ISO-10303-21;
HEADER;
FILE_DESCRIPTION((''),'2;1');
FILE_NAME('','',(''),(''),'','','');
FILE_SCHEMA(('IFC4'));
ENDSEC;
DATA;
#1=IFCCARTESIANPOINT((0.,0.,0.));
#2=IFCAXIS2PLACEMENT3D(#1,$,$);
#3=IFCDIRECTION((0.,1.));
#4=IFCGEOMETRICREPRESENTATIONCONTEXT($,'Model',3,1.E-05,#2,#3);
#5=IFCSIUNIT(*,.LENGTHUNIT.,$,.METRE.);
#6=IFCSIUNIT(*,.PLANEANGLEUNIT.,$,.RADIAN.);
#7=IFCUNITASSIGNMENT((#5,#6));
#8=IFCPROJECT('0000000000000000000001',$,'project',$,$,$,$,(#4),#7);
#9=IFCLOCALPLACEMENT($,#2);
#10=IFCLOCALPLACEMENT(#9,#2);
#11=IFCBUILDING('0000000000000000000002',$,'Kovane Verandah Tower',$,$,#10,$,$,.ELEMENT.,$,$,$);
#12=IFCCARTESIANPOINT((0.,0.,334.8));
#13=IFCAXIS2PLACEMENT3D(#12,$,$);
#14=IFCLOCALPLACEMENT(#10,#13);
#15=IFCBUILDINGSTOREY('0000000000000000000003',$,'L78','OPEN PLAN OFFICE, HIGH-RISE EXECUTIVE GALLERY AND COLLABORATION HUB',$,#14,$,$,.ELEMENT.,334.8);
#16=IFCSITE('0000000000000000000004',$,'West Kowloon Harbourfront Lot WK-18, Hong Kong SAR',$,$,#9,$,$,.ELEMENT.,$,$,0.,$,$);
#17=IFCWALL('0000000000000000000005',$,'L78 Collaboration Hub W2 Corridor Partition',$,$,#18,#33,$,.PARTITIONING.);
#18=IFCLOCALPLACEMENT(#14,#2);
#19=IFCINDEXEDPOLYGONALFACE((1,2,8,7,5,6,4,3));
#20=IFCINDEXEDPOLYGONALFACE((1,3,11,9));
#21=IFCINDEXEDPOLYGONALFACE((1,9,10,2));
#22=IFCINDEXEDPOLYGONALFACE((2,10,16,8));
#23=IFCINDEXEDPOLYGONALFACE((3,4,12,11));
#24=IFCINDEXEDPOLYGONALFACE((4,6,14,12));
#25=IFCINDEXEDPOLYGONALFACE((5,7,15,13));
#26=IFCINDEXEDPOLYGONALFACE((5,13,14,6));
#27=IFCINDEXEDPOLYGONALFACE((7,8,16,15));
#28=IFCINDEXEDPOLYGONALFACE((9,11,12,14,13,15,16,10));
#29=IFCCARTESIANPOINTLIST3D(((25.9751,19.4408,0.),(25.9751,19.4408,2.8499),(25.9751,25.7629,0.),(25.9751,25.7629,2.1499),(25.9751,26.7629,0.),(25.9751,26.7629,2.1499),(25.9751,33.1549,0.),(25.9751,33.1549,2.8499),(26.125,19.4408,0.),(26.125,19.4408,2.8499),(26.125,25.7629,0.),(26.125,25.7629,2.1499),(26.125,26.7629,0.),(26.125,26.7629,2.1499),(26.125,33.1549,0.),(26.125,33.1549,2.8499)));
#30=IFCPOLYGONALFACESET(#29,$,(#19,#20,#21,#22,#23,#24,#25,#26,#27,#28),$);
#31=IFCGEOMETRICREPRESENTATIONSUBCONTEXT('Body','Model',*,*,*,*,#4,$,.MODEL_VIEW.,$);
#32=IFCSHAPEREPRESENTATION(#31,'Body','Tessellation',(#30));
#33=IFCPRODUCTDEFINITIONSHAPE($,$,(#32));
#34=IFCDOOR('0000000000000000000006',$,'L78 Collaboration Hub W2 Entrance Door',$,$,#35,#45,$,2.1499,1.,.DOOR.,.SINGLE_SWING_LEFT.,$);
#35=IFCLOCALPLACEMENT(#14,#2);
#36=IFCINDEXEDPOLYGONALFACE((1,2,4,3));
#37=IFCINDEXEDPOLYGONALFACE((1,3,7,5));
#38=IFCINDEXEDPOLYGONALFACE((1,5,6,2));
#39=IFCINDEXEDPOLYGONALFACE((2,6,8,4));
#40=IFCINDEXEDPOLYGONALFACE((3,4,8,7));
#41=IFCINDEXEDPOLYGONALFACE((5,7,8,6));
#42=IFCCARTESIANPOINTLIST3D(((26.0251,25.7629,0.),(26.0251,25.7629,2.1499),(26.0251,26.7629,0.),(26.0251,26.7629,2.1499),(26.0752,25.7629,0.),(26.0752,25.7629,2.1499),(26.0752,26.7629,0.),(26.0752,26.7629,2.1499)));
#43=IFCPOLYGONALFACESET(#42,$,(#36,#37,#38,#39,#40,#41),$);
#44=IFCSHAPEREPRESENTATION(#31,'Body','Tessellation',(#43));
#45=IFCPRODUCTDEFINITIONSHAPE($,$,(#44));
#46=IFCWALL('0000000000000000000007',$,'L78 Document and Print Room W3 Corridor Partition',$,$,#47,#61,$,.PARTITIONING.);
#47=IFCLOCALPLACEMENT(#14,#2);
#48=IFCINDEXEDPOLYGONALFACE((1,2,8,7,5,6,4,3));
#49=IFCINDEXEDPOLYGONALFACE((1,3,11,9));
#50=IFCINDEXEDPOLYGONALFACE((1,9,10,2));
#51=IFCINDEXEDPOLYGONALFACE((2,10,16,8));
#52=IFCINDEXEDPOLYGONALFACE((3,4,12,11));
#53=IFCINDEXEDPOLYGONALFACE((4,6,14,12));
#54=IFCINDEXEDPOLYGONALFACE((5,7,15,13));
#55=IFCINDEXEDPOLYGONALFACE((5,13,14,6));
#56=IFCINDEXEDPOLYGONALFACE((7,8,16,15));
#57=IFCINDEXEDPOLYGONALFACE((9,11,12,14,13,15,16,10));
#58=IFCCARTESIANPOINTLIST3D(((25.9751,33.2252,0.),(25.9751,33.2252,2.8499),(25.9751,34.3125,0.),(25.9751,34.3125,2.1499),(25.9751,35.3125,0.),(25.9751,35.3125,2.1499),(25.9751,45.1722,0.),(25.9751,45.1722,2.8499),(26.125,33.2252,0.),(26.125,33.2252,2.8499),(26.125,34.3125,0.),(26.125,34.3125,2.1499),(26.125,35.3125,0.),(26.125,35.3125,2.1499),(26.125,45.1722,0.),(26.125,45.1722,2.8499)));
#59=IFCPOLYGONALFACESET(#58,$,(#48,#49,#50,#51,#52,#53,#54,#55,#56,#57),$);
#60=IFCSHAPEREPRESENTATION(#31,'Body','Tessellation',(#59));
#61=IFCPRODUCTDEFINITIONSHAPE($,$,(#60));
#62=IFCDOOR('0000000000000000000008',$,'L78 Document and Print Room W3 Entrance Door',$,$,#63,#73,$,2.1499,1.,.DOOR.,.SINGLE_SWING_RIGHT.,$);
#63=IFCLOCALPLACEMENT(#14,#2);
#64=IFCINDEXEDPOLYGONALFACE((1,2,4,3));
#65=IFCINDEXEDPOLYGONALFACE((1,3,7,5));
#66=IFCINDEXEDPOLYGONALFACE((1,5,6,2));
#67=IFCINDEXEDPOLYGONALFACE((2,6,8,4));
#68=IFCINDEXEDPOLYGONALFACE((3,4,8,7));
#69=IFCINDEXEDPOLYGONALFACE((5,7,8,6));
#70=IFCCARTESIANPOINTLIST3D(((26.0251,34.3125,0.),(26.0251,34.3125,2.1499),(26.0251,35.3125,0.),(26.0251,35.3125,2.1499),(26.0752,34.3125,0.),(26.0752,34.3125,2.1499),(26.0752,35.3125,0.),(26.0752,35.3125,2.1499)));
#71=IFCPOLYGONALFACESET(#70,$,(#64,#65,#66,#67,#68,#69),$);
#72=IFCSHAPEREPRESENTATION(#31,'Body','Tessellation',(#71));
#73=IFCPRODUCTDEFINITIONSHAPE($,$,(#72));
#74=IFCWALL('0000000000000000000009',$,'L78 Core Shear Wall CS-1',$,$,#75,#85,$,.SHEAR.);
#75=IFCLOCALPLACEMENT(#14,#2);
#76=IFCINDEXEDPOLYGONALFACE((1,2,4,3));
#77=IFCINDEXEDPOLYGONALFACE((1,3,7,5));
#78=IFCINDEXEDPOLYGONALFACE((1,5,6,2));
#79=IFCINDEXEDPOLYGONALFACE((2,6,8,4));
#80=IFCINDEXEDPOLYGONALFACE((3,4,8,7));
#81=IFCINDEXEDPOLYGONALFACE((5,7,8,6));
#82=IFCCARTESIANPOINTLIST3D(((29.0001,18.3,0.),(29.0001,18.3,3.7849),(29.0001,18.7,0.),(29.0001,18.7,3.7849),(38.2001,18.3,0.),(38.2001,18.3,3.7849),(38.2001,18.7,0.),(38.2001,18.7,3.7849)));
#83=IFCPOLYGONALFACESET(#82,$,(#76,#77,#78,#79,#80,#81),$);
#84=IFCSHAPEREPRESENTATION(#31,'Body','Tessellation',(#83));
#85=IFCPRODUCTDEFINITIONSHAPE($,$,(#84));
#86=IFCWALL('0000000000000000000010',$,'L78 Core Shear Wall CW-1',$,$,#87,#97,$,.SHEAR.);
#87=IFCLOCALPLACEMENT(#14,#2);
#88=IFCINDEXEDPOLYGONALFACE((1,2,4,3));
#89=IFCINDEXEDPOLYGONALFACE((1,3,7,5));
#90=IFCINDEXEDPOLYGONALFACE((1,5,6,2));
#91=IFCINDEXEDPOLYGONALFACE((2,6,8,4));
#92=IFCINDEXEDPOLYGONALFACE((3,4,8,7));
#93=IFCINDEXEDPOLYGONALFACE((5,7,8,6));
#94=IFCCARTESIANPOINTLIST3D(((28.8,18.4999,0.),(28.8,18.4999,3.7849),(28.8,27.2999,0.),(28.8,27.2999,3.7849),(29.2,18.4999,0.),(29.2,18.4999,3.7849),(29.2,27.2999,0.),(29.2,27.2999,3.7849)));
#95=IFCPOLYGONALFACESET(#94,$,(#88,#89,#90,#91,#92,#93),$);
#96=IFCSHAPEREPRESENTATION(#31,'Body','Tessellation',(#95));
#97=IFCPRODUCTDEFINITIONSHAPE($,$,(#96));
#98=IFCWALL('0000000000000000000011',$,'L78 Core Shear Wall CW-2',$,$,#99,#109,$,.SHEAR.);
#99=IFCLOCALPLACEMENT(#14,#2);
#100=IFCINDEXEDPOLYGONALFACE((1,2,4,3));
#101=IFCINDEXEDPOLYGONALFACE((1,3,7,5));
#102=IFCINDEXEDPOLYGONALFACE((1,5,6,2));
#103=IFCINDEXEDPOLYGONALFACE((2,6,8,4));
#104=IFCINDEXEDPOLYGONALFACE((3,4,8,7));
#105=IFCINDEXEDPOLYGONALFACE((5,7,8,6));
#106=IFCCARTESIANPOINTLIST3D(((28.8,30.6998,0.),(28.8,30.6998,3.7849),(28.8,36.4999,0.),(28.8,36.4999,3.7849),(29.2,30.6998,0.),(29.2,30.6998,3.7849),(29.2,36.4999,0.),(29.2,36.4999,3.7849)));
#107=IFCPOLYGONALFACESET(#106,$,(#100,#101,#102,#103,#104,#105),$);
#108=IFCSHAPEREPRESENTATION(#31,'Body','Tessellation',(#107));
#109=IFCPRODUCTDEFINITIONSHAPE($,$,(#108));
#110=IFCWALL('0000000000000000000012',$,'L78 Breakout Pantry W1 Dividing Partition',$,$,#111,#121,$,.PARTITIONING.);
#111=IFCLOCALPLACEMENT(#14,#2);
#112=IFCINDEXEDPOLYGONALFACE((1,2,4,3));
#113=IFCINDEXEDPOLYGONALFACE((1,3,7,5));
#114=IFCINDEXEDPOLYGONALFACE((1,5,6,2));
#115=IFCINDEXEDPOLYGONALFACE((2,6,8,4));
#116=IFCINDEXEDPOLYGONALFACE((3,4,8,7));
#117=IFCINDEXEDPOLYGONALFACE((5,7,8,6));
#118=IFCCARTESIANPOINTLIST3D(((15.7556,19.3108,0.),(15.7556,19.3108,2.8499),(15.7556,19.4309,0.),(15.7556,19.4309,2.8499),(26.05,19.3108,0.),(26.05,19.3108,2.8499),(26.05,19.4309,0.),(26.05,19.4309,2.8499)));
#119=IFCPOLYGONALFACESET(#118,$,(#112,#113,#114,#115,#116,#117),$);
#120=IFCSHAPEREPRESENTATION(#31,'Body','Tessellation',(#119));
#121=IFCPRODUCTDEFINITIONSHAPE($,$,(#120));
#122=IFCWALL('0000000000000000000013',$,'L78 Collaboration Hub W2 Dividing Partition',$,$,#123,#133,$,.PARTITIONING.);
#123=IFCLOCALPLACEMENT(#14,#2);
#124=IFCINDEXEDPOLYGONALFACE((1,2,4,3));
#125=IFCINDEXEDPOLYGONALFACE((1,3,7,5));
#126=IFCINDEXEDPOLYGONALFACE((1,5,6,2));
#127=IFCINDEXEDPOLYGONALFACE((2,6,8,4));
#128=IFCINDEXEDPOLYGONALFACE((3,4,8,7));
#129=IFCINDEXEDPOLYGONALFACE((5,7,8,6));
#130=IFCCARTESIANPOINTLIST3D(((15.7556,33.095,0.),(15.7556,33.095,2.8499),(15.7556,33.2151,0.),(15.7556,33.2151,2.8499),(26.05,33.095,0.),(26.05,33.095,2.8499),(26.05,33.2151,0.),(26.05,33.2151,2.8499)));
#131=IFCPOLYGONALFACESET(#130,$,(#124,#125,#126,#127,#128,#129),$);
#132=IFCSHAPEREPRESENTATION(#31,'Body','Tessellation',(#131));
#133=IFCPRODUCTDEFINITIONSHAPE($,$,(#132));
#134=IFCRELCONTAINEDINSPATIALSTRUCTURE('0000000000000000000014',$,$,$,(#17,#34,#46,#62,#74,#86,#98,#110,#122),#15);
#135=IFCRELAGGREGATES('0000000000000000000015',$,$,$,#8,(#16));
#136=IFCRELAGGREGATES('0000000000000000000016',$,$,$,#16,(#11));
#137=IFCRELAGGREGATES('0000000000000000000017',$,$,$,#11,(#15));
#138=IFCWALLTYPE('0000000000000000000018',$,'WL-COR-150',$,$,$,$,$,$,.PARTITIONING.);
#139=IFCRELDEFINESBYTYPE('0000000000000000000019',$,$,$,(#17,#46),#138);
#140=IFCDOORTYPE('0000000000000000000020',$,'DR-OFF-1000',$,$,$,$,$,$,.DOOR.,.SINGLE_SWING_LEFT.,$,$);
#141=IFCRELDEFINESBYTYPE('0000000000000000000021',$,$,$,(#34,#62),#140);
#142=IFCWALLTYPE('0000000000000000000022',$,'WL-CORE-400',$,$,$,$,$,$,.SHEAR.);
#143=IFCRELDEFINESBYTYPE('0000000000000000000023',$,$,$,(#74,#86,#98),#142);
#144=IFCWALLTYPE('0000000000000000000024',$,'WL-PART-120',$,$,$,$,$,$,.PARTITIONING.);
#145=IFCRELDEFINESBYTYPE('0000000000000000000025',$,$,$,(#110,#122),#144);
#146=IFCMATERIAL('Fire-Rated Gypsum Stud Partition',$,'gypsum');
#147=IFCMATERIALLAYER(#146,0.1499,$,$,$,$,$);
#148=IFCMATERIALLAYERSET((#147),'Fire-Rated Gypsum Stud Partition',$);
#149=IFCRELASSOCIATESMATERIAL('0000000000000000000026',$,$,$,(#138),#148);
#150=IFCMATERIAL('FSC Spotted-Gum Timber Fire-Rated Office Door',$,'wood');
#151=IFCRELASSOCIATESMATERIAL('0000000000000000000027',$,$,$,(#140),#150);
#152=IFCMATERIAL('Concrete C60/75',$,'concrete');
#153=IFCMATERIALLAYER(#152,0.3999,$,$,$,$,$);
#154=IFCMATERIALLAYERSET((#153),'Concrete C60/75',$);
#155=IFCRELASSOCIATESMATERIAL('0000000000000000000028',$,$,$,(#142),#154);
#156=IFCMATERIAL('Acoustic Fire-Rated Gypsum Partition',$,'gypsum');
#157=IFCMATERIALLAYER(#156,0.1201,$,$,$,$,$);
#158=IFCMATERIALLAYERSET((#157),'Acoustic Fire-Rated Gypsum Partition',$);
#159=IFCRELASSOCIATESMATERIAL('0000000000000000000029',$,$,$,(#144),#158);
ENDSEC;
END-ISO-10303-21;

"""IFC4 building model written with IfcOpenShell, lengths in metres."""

from ifc_helpers import new_model, si_unit, direction, frame, frame_2d, origin, place, context, subcontext, project, spatial, rectangle, extrude, material, layer, layer_set, type_object, element, fill, save


model = new_model("IFC4")

# Units and contexts
model_context = context("Model", 3, precision=1e-05, world=origin(), true_north=direction((0.0, 1.0)))
body_context = subcontext(model_context, "Body", "Model", "MODEL_VIEW")
ifc_project = project(units=[si_unit("LENGTHUNIT", "METRE"), si_unit("PLANEANGLEUNIT", "RADIAN")], contexts=[model_context])

# Site, building, storey
site_placement = place(None, origin())
site = spatial("IfcSite", under=ifc_project, at=site_placement, Name="West Kowloon Harbourfront Lot WK-18, Hong Kong SAR", CompositionType="ELEMENT", RefElevation=0.0)
building_placement = place(site_placement, origin())
building = spatial("IfcBuilding", under=site, at=building_placement, Name="Kovane Verandah Tower", CompositionType="ELEMENT")
storey_placement = place(building_placement, frame((0.0, 0.0, 334.8)))
storey = spatial("IfcBuildingStorey", under=building, at=storey_placement, Name="L78", Description="OPEN PLAN OFFICE, HIGH-RISE EXECUTIVE GALLERY AND COLLABORATION HUB", CompositionType="ELEMENT", Elevation=334.8)

# Shared definitions
ifc_material_1 = material(Name="Concrete C60/75", Category="concrete")

# Walls, openings, doors
ifc_material_2 = material(Name="Fire-Rated Gypsum Stud Partition", Category="gypsum")
ifc_layer_1 = layer(ifc_material_2, 0.1499)
ifc_layer_set_1 = layer_set([ifc_layer_1], Name="Fire-Rated Gypsum Stud Partition")
wall_type_1 = type_object("IfcWallType", Name="WL-COR-150", PredefinedType="PARTITIONING", material=ifc_layer_set_1)
wall_1_placement = place(storey_placement, frame((26.05, 19.4409, 0.0), z_axis=(0.0, 0.0, 1.0), x_axis=(0.0, 1.0, 0.0)))
wall_1 = element("IfcWall", 1, at=wall_1_placement, inside=storey, type_object=wall_type_1, Name="L78 Collaboration Hub W2 Corridor Partition", PredefinedType="PARTITIONING", context=body_context, shape_type="SweptSolid", body=[
    extrude(rectangle(XDim=13.7141, YDim=0.1499, at=frame_2d((6.8569, 0.0))), origin(), (0.0, 0.0, 1.0), 2.8499),
])
opening_1_placement = place(wall_1_placement, frame((6.322, 0.0, 0.0)))
opening_1 = element("IfcOpeningElement", 2, at=opening_1_placement, cuts=wall_1, PredefinedType="OPENING", context=body_context, shape_type="SweptSolid", body=[
    extrude(rectangle(XDim=1.0, YDim=2.1499, at=frame_2d((0.5, 1.075))), frame((0.0, 0.075, 0.0), z_axis=(0.0, -1.0, 0.0), x_axis=(1.0, 0.0, 0.0)), (0.0, 0.0, 1.0), 0.1499),
])
ifc_material_3 = material(Name="FSC Spotted-Gum Timber Fire-Rated Office Door", Category="wood")
door_type_1 = type_object("IfcDoorType", Name="DR-OFF-1000", OperationType="SINGLE_SWING_LEFT", PredefinedType="DOOR", material=ifc_material_3)
door_1_placement = place(opening_1_placement, origin())
door_1 = element("IfcDoor", 3, at=door_1_placement, inside=storey, type_object=door_type_1, Name="L78 Collaboration Hub W2 Entrance Door", OperationType="SINGLE_SWING_LEFT", OverallHeight=2.1499, OverallWidth=1.0, PredefinedType="DOOR", context=body_context, shape_type="SweptSolid", body=[
    extrude(rectangle(XDim=1.0, YDim=2.1499, at=frame_2d((0.5, 1.075))), frame((0.0, 0.0249, 0.0), z_axis=(0.0, -1.0, 0.0), x_axis=(1.0, 0.0, 0.0)), (0.0, 0.0, 1.0), 0.05),
])
fill(opening_1, door_1)
wall_2_placement = place(storey_placement, frame((26.05, 33.2251, 0.0), z_axis=(0.0, 0.0, 1.0), x_axis=(0.0, 1.0, 0.0)))
wall_2 = element("IfcWall", 4, at=wall_2_placement, inside=storey, type_object=wall_type_1, Name="L78 Document and Print Room W3 Corridor Partition", PredefinedType="PARTITIONING", context=body_context, shape_type="SweptSolid", body=[
    extrude(rectangle(XDim=11.947, YDim=0.1499, at=frame_2d((5.9736, 0.0))), origin(), (0.0, 0.0, 1.0), 2.8499),
])
opening_2_placement = place(wall_2_placement, frame((1.0874, 0.0, 0.0)))
opening_2 = element("IfcOpeningElement", 5, at=opening_2_placement, cuts=wall_2, PredefinedType="OPENING", context=body_context, shape_type="SweptSolid", body=[
    extrude(rectangle(XDim=1.0, YDim=2.1499, at=frame_2d((0.5, 1.075))), frame((0.0, 0.075, 0.0), z_axis=(0.0, -1.0, 0.0), x_axis=(1.0, 0.0, 0.0)), (0.0, 0.0, 1.0), 0.1499),
])
door_2_placement = place(opening_2_placement, origin())
door_2 = element("IfcDoor", 6, at=door_2_placement, inside=storey, type_object=door_type_1, Name="L78 Document and Print Room W3 Entrance Door", OperationType="SINGLE_SWING_RIGHT", OverallHeight=2.1499, OverallWidth=1.0, PredefinedType="DOOR", context=body_context, shape_type="SweptSolid", body=[
    extrude(rectangle(XDim=1.0, YDim=2.1499, at=frame_2d((0.5, 1.075))), frame((0.0, 0.0249, 0.0), z_axis=(0.0, -1.0, 0.0), x_axis=(1.0, 0.0, 0.0)), (0.0, 0.0, 1.0), 0.05),
])
fill(opening_2, door_2)

# Walls
ifc_layer_2 = layer(ifc_material_1, 0.3999)
ifc_layer_set_2 = layer_set([ifc_layer_2], Name="Concrete C60/75")
wall_type_2 = type_object("IfcWallType", Name="WL-CORE-400", PredefinedType="SHEAR", material=ifc_layer_set_2)
wall_3_placement = place(storey_placement, frame((29.0, 18.5, 0.0), z_axis=(0.0, 0.0, 1.0), x_axis=(1.0, 0.0, 0.0)))
element("IfcWall", 7, at=wall_3_placement, inside=storey, type_object=wall_type_2, Name="L78 Core Shear Wall CS-1", PredefinedType="SHEAR", context=body_context, shape_type="SweptSolid", body=[
    extrude(rectangle(XDim=9.2, YDim=0.3999, at=frame_2d((4.6001, 0.0))), origin(), (0.0, 0.0, 1.0), 3.7849),
])
wall_4_placement = place(storey_placement, frame((29.0, 18.5, 0.0), z_axis=(0.0, 0.0, 1.0), x_axis=(0.0, 1.0, 0.0)))
element("IfcWall", 8, at=wall_4_placement, inside=storey, type_object=wall_type_2, Name="L78 Core Shear Wall CW-1", PredefinedType="SHEAR", context=body_context, shape_type="SweptSolid", body=[
    extrude(rectangle(XDim=8.8, YDim=0.3999, at=frame_2d((4.3999, 0.0))), origin(), (0.0, 0.0, 1.0), 3.7849),
])
wall_5_placement = place(storey_placement, frame((29.0, 30.7, 0.0), z_axis=(0.0, 0.0, 1.0), x_axis=(0.0, 1.0, 0.0)))
element("IfcWall", 9, at=wall_5_placement, inside=storey, type_object=wall_type_2, Name="L78 Core Shear Wall CW-2", PredefinedType="SHEAR", context=body_context, shape_type="SweptSolid", body=[
    extrude(rectangle(XDim=5.8, YDim=0.3999, at=frame_2d((2.8999, 0.0))), origin(), (0.0, 0.0, 1.0), 3.7849),
])

# Walls
ifc_material_4 = material(Name="Acoustic Fire-Rated Gypsum Partition", Category="gypsum")
ifc_layer_3 = layer(ifc_material_4, 0.1201)
ifc_layer_set_3 = layer_set([ifc_layer_3], Name="Acoustic Fire-Rated Gypsum Partition")
wall_type_3 = type_object("IfcWallType", Name="WL-PART-120", PredefinedType="PARTITIONING", material=ifc_layer_set_3)
for number, where, z_axis, x_axis, name in (
    (10, (15.7556, 19.3708, 0.0), (0.0, 0.0, 1.0), (1.0, 0.0, 0.0), "L78 Breakout Pantry W1 Dividing Partition"),
    (11, (15.7556, 33.155, 0.0), (0.0, 0.0, 1.0), (1.0, 0.0, 0.0), "L78 Collaboration Hub W2 Dividing Partition"),
):
    element("IfcWall", number, at=place(storey_placement, frame(where, z_axis=z_axis, x_axis=x_axis)), inside=storey, type_object=wall_type_3, Name=name, PredefinedType="PARTITIONING", context=body_context, shape_type="SweptSolid", body=[
        extrude(rectangle(XDim=10.2944, YDim=0.1201, at=frame_2d((5.1472, 0.0))), origin(), (0.0, 0.0, 1.0), 2.8499),
    ])

save(model, "model.ifc")
